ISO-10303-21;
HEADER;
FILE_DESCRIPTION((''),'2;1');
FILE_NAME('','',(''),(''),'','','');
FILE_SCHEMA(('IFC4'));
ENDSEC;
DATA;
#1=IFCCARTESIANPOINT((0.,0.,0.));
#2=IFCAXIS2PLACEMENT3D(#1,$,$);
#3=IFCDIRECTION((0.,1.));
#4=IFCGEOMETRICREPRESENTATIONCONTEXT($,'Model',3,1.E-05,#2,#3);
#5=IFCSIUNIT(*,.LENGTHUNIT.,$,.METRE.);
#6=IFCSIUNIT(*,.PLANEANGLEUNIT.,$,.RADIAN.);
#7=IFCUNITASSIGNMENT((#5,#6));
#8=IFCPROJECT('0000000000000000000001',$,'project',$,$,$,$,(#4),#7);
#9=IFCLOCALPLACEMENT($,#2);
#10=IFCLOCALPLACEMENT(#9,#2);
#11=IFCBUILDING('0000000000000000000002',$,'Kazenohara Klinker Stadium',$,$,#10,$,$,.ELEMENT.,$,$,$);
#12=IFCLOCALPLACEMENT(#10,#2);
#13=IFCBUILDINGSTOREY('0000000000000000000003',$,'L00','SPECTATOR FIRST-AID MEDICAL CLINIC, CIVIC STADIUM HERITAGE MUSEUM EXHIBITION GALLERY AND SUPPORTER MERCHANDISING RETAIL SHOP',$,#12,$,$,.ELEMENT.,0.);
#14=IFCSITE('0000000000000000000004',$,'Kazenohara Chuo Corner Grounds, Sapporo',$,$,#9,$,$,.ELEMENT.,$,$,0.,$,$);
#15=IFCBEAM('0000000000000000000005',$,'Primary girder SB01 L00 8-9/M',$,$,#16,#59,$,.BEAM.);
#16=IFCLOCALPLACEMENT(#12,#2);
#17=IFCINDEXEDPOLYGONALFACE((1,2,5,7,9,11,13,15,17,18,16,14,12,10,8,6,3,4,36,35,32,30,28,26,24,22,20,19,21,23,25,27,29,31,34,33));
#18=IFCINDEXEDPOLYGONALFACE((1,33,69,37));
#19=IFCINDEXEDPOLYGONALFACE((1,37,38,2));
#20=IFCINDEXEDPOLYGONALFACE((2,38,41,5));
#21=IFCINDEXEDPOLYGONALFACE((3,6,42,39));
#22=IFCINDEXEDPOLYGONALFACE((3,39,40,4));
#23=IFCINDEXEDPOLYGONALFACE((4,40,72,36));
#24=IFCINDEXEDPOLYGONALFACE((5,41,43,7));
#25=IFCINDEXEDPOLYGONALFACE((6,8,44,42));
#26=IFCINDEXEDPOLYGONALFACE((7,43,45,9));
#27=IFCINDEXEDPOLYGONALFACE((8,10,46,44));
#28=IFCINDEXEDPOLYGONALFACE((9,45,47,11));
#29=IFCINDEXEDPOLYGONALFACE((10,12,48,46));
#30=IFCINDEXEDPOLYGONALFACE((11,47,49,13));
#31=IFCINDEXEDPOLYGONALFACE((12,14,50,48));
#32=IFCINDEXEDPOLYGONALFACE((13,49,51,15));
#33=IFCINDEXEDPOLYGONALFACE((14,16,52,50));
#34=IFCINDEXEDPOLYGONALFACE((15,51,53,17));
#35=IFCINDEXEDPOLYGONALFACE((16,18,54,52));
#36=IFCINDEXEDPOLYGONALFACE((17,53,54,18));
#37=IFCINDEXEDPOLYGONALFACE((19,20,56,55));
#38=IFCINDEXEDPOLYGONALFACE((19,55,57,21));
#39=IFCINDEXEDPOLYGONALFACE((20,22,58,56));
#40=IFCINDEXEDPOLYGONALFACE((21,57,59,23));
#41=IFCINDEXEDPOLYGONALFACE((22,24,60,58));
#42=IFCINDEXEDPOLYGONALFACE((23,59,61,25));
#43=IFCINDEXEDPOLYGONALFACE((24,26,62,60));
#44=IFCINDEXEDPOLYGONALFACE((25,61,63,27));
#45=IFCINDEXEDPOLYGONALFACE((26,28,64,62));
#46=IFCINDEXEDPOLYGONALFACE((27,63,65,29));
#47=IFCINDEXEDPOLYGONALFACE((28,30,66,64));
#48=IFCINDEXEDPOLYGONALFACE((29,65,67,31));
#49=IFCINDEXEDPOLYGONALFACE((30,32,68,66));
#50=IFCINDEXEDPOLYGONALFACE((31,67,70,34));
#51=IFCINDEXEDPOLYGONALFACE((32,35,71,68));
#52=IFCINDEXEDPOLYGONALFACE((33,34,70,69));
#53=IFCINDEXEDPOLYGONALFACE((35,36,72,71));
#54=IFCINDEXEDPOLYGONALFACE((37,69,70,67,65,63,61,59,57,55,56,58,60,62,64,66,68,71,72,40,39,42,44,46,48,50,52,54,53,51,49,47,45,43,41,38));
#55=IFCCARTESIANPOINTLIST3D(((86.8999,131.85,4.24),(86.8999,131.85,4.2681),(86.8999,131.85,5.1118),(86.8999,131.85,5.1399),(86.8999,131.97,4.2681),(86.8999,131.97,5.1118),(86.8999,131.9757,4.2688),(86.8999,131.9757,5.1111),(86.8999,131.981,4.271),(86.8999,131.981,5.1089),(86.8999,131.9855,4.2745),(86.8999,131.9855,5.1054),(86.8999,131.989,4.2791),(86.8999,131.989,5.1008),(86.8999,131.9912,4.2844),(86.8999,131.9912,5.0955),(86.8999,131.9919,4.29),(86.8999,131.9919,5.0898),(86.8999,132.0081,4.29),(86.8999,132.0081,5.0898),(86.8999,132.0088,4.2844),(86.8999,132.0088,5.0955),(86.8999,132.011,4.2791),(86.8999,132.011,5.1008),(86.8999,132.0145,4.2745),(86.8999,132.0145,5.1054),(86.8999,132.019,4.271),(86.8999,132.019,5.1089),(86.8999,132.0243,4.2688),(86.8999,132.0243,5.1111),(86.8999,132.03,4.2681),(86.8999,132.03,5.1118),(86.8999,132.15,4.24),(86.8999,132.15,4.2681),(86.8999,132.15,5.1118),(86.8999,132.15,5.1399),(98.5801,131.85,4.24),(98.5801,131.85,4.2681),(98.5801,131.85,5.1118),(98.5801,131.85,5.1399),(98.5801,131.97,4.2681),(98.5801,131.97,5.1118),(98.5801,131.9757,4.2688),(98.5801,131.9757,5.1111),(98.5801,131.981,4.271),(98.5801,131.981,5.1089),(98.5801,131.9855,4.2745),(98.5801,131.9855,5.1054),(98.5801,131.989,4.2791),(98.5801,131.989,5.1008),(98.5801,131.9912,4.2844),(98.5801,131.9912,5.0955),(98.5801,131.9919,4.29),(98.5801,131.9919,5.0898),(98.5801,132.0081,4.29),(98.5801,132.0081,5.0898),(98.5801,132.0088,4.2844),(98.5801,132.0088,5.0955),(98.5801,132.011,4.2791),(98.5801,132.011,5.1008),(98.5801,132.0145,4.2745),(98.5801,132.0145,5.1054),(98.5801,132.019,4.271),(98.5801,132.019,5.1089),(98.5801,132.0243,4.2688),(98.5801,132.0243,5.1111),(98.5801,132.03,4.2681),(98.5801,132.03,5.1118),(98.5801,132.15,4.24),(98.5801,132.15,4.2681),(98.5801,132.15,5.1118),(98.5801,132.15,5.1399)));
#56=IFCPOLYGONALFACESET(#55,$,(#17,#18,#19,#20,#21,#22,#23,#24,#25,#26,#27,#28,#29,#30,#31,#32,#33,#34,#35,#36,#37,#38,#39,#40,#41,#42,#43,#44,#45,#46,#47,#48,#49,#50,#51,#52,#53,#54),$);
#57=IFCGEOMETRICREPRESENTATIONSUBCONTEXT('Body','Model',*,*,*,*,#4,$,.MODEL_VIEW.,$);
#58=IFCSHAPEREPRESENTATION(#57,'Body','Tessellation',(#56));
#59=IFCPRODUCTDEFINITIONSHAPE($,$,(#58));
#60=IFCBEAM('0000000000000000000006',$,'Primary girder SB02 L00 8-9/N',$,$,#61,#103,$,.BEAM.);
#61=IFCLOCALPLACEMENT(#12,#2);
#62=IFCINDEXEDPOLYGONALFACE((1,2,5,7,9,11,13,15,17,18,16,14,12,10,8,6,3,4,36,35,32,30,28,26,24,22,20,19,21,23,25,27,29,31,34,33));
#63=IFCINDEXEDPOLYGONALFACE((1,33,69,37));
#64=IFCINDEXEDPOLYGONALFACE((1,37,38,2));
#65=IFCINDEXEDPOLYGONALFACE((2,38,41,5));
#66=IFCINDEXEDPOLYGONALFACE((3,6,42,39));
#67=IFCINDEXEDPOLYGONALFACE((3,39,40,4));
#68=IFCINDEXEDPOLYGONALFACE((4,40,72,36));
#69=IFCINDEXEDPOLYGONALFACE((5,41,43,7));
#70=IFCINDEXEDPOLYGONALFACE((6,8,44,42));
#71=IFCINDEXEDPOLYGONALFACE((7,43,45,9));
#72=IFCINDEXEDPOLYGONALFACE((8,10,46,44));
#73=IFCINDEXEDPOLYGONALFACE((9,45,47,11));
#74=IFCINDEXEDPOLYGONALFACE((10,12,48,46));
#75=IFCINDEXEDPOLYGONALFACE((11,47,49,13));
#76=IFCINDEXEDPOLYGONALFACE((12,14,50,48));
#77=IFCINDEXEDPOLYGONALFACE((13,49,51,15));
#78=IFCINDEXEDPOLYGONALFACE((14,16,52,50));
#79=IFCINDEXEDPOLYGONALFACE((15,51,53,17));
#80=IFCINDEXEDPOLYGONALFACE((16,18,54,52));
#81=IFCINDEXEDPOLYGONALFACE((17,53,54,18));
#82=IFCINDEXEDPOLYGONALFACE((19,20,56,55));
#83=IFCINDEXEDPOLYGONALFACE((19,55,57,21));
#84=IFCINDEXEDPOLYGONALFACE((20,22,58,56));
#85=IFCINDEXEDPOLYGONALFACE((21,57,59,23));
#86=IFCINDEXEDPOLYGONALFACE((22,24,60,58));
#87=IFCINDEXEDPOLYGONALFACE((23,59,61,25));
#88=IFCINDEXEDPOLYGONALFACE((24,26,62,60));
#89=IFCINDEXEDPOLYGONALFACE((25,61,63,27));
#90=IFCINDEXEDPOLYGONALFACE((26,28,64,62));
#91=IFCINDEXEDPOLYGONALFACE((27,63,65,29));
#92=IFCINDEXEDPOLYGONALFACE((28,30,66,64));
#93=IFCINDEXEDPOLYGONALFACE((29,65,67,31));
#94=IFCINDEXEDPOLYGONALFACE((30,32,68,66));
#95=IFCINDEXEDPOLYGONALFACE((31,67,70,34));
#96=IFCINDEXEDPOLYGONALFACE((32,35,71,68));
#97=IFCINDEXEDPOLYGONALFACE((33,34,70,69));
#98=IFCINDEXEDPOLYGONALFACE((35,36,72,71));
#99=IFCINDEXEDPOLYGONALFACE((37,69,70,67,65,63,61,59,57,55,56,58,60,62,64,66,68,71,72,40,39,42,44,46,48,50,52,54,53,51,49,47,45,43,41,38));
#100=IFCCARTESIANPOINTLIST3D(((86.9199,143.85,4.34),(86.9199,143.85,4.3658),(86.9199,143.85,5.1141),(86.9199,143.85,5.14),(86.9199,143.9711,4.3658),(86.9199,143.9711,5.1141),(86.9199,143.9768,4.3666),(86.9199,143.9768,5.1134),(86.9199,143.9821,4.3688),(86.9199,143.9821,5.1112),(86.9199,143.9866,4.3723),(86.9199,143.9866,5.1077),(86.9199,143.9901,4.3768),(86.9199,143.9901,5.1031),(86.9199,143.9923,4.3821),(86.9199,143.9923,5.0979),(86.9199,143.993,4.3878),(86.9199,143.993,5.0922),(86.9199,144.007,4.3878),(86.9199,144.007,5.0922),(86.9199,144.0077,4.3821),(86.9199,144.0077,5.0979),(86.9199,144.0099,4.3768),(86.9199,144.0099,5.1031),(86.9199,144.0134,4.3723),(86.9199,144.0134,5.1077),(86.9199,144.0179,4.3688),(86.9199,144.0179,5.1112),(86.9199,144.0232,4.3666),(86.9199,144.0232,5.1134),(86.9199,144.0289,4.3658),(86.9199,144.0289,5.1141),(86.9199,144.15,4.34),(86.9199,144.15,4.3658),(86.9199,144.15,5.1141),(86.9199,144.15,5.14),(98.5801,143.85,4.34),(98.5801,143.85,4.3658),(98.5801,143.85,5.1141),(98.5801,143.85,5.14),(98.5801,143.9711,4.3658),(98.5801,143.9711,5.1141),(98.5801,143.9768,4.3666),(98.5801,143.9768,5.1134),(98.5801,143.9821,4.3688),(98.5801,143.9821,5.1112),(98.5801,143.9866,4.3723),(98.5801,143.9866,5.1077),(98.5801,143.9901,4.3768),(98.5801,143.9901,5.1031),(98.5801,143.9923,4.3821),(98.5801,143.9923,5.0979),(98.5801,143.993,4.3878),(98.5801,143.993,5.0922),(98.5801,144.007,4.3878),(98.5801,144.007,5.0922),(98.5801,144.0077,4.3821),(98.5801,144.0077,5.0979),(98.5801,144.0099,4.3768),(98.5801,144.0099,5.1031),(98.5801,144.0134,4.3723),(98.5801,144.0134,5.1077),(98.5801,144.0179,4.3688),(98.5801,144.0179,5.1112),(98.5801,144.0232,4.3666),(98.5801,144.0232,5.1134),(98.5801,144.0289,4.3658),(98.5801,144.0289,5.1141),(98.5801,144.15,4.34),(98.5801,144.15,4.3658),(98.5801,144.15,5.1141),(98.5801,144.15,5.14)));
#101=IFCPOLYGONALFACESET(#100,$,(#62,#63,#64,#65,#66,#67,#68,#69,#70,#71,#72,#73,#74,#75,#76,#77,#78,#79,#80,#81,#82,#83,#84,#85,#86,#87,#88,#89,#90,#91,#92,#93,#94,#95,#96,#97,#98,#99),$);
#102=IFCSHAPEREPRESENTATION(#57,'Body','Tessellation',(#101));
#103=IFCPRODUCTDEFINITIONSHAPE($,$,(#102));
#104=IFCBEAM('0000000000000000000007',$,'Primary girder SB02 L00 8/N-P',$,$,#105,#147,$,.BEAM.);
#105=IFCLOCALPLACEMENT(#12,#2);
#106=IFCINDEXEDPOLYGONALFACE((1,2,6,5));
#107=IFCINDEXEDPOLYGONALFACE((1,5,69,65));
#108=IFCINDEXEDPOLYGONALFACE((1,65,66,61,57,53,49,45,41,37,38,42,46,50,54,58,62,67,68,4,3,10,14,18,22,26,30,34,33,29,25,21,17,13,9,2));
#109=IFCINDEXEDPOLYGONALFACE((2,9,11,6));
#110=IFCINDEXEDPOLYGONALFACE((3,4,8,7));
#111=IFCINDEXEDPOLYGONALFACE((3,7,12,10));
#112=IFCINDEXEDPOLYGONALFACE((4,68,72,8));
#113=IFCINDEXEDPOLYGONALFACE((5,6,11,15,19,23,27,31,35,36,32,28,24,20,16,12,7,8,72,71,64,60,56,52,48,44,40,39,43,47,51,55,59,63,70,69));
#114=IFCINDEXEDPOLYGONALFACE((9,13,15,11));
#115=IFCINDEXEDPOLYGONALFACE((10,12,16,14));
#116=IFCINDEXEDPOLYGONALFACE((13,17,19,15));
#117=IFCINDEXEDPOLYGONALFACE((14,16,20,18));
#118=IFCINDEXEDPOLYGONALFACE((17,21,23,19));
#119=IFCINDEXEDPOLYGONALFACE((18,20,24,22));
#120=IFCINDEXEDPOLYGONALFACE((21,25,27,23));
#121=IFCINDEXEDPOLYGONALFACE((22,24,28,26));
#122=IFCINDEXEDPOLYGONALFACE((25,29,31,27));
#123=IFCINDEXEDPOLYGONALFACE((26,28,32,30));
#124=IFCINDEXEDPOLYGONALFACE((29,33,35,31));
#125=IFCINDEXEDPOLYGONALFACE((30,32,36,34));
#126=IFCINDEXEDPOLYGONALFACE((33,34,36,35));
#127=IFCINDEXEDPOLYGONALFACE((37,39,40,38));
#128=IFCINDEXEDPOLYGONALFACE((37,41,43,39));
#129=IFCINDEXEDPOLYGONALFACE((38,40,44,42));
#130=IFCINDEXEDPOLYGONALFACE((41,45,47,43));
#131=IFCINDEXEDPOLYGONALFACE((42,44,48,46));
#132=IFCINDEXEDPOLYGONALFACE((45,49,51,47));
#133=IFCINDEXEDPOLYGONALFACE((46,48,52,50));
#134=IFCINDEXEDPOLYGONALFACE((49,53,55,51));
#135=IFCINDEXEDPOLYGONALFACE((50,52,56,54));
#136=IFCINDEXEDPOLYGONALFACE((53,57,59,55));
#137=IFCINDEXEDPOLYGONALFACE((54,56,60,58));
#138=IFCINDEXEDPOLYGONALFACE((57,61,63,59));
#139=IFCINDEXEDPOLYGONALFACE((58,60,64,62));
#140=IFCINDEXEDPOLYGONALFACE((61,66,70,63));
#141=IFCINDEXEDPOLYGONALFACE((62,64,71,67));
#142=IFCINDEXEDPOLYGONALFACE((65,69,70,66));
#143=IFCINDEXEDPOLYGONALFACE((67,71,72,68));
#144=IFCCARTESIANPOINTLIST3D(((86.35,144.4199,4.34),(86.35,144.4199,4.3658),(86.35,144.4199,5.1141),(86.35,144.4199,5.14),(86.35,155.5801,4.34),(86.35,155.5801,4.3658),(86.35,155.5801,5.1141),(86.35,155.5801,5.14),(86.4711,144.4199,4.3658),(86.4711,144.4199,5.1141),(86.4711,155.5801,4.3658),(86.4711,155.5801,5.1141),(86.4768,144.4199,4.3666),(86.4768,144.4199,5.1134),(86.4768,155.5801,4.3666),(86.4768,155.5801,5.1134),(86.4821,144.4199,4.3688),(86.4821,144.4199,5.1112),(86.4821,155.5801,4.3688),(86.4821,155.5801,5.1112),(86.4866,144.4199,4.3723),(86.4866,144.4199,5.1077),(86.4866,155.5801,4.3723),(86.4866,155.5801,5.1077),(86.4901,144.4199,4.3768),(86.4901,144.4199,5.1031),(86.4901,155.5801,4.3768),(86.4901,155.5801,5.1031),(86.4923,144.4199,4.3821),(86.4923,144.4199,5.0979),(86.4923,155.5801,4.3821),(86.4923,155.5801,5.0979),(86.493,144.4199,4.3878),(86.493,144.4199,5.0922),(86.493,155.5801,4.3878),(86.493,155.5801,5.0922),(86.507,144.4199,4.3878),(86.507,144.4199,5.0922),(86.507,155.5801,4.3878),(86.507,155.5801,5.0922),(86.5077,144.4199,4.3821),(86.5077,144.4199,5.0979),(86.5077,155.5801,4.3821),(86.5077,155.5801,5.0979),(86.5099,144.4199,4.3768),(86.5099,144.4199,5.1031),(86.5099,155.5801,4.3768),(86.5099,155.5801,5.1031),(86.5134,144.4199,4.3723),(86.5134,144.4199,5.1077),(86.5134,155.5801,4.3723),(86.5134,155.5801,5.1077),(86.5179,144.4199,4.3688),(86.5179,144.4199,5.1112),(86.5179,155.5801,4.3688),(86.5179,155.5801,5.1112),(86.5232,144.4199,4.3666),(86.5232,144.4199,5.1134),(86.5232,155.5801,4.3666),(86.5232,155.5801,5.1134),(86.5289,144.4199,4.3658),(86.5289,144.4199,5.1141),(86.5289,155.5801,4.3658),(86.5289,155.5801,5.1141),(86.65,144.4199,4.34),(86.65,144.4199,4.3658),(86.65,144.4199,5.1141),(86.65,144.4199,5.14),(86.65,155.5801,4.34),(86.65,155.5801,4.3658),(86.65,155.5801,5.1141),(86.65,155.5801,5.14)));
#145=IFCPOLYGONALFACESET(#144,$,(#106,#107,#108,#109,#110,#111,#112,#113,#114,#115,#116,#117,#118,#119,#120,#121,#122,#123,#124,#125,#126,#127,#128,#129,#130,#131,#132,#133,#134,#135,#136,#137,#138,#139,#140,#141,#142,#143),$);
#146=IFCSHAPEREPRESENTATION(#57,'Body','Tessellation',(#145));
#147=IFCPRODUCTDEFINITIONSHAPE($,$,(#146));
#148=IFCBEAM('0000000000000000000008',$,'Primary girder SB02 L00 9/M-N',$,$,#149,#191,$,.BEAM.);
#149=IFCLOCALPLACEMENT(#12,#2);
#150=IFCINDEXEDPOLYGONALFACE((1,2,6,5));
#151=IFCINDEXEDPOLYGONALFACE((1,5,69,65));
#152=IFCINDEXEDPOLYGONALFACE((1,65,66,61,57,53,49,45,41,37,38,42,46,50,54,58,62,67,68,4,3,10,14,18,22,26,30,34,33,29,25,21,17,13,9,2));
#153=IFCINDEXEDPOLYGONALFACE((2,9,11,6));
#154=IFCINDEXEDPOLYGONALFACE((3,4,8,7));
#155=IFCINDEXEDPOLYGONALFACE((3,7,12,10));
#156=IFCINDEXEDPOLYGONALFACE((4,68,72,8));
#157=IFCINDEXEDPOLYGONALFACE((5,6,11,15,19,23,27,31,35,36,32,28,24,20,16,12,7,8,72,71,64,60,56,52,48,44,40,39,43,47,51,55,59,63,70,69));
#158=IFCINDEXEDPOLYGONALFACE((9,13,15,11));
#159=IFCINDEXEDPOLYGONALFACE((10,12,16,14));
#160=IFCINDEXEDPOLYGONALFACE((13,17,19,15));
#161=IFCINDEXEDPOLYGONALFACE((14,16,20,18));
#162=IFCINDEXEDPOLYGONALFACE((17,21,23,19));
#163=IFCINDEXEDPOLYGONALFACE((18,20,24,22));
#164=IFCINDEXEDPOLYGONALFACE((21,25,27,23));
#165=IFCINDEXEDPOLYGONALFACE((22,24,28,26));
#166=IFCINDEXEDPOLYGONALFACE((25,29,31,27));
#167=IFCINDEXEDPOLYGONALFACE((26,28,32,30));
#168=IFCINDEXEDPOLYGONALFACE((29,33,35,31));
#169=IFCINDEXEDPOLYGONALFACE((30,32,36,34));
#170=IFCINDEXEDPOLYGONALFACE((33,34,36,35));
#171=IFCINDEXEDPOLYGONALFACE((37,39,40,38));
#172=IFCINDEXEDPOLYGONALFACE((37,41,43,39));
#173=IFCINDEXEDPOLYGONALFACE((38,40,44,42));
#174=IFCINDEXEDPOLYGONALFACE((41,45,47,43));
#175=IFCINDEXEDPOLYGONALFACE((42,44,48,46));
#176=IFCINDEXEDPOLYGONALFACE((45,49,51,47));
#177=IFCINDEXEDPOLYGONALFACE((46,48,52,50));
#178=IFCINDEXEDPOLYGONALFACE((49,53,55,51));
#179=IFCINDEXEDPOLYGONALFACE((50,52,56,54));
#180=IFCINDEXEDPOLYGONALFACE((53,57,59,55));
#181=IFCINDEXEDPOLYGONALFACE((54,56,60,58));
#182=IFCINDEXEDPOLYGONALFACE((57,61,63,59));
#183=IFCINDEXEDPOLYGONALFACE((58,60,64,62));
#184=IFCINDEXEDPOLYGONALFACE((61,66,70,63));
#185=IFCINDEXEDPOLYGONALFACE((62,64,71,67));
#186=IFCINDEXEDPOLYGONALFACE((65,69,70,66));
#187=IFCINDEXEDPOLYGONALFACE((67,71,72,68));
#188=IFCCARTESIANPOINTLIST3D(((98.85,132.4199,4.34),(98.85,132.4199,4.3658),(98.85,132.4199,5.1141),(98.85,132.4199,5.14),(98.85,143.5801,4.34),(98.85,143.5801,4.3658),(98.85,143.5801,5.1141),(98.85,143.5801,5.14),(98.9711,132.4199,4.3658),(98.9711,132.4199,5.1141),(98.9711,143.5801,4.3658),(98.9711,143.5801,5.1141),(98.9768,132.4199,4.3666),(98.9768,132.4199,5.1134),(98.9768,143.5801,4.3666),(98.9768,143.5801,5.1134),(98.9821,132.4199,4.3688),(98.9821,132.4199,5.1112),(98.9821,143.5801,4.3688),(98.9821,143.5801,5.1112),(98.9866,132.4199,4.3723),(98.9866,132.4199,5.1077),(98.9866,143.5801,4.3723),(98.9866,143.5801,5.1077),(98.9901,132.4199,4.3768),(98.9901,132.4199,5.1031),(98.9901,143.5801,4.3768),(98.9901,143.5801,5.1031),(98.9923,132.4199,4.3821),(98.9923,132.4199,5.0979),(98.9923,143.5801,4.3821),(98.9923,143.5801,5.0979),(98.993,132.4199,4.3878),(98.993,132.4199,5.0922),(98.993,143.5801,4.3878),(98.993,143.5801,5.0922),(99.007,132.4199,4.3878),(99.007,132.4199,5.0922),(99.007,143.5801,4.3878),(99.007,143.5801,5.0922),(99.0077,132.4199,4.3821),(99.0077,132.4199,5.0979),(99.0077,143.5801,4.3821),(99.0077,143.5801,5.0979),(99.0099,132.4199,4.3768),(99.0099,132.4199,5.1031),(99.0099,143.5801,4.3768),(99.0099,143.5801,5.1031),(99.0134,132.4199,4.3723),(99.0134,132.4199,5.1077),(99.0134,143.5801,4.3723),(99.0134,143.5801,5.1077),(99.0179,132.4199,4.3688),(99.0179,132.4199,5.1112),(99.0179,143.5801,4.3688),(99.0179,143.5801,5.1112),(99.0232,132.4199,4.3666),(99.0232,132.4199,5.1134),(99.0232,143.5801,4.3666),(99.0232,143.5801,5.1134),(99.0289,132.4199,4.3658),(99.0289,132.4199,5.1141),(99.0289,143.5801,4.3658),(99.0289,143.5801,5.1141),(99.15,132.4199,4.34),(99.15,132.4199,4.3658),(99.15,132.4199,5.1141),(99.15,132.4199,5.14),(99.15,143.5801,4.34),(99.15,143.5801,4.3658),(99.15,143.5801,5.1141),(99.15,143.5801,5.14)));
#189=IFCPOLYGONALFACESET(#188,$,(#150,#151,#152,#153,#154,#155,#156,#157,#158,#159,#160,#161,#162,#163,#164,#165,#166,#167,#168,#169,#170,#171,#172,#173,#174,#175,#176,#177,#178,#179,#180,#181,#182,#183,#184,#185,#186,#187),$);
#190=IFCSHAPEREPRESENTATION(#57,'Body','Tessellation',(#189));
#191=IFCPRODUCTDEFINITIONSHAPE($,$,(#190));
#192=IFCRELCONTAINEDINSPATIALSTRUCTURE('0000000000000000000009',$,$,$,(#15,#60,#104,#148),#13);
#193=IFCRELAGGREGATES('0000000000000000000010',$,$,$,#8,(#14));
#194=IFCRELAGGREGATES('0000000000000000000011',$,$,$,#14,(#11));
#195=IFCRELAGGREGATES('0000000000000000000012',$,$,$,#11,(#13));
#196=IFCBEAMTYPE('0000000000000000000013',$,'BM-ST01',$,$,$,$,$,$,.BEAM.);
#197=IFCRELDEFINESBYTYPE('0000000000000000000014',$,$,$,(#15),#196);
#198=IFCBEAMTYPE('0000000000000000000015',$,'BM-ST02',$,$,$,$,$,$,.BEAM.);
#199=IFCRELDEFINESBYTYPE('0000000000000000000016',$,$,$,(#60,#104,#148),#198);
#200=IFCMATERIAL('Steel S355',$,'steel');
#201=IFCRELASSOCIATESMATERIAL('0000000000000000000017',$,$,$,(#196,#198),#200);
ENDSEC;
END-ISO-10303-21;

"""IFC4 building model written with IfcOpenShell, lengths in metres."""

from ifc_helpers import new_model, si_unit, direction, frame, origin, origin_2d, place, context, subcontext, project, spatial, i_section, extrude, material, material_profile, profile_set, type_object, element, save


model = new_model("IFC4")

# Units and contexts
model_context = context("Model", 3, precision=1e-05, world=origin(), true_north=direction((0.0, 1.0)))
body_context = subcontext(model_context, "Body", "Model", "MODEL_VIEW")
ifc_project = project(units=[si_unit("LENGTHUNIT", "METRE"), si_unit("PLANEANGLEUNIT", "RADIAN")], contexts=[model_context])

# Site, building, storey
site_placement = place(None, origin())
site = spatial("IfcSite", under=ifc_project, at=site_placement, Name="Kazenohara Chuo Corner Grounds, Sapporo", CompositionType="ELEMENT", RefElevation=0.0)
building_placement = place(site_placement, origin())
building = spatial("IfcBuilding", under=site, at=building_placement, Name="Kazenohara Klinker Stadium", CompositionType="ELEMENT")
storey_placement = place(building_placement, origin())
storey = spatial("IfcBuildingStorey", under=building, at=storey_placement, Name="L00", Description="SPECTATOR FIRST-AID MEDICAL CLINIC, CIVIC STADIUM HERITAGE MUSEUM EXHIBITION GALLERY AND SUPPORTER MERCHANDISING RETAIL SHOP", CompositionType="ELEMENT", Elevation=0.0)

# Beams
ifc_material_1 = material(Name="Steel S355", Category="steel")
ifc_material_profile_1 = material_profile(ifc_material_1, i_section(OverallWidth=0.3, OverallDepth=0.8999, WebThickness=0.0161, FlangeThickness=0.0281, FilletRadius=0.022, at=origin_2d()), Name="H-900x300x16x28")
ifc_profile_set_1 = profile_set([ifc_material_profile_1], Name="Steel S355")
beam_type_1 = type_object("IfcBeamType", Name="BM-ST01", PredefinedType="BEAM", material=ifc_profile_set_1)
beam_1_placement = place(storey_placement, frame((86.8999, 132.0, 4.6899), z_axis=(1.0, 0.0, 0.0), x_axis=(0.0, 1.0, 0.0)))
element("IfcBeam", 1, at=beam_1_placement, inside=storey, type_object=beam_type_1, Name="Primary girder SB01 L00 8-9/M", PredefinedType="BEAM", context=body_context, shape_type="SweptSolid", body=[
    extrude(i_section(OverallWidth=0.3, OverallDepth=0.8999, WebThickness=0.0161, FlangeThickness=0.0281, FilletRadius=0.022, at=origin_2d()), origin(), (0.0, 0.0, 1.0), 11.6802),
])
ifc_material_profile_2 = material_profile(ifc_material_1, i_section(OverallWidth=0.3, OverallDepth=0.8, WebThickness=0.0139, FlangeThickness=0.0259, FilletRadius=0.022, at=origin_2d()), Name="H-800x300x14x26")
ifc_profile_set_2 = profile_set([ifc_material_profile_2], Name="Steel S355")
beam_type_2 = type_object("IfcBeamType", Name="BM-ST02", PredefinedType="BEAM", material=ifc_profile_set_2)
beam_2_placement = place(storey_placement, frame((86.9199, 144.0, 4.74), z_axis=(1.0, 0.0, 0.0), x_axis=(0.0, 1.0, 0.0)))
element("IfcBeam", 2, at=beam_2_placement, inside=storey, type_object=beam_type_2, Name="Primary girder SB02 L00 8-9/N", PredefinedType="BEAM", context=body_context, shape_type="SweptSolid", body=[
    extrude(i_section(OverallWidth=0.3, OverallDepth=0.8, WebThickness=0.0139, FlangeThickness=0.0259, FilletRadius=0.022, at=origin_2d()), origin(), (0.0, 0.0, 1.0), 11.6602),
])
for number, where, z_axis, x_axis, name in (
    (3, (86.5, 144.4199, 4.74), (0.0, 1.0, 0.0), (-1.0, 0.0, 0.0), "Primary girder SB02 L00 8/N-P"),
    (4, (99.0, 132.4199, 4.74), (0.0, 1.0, 0.0), (-1.0, 0.0, 0.0), "Primary girder SB02 L00 9/M-N"),
):
    element("IfcBeam", number, at=place(storey_placement, frame(where, z_axis=z_axis, x_axis=x_axis)), inside=storey, type_object=beam_type_2, Name=name, PredefinedType="BEAM", context=body_context, shape_type="SweptSolid", body=[
        extrude(i_section(OverallWidth=0.3, OverallDepth=0.8, WebThickness=0.0139, FlangeThickness=0.0259, FilletRadius=0.022, at=origin_2d()), origin(), (0.0, 0.0, 1.0), 11.1602),
    ])

save(model, "model.ifc")
